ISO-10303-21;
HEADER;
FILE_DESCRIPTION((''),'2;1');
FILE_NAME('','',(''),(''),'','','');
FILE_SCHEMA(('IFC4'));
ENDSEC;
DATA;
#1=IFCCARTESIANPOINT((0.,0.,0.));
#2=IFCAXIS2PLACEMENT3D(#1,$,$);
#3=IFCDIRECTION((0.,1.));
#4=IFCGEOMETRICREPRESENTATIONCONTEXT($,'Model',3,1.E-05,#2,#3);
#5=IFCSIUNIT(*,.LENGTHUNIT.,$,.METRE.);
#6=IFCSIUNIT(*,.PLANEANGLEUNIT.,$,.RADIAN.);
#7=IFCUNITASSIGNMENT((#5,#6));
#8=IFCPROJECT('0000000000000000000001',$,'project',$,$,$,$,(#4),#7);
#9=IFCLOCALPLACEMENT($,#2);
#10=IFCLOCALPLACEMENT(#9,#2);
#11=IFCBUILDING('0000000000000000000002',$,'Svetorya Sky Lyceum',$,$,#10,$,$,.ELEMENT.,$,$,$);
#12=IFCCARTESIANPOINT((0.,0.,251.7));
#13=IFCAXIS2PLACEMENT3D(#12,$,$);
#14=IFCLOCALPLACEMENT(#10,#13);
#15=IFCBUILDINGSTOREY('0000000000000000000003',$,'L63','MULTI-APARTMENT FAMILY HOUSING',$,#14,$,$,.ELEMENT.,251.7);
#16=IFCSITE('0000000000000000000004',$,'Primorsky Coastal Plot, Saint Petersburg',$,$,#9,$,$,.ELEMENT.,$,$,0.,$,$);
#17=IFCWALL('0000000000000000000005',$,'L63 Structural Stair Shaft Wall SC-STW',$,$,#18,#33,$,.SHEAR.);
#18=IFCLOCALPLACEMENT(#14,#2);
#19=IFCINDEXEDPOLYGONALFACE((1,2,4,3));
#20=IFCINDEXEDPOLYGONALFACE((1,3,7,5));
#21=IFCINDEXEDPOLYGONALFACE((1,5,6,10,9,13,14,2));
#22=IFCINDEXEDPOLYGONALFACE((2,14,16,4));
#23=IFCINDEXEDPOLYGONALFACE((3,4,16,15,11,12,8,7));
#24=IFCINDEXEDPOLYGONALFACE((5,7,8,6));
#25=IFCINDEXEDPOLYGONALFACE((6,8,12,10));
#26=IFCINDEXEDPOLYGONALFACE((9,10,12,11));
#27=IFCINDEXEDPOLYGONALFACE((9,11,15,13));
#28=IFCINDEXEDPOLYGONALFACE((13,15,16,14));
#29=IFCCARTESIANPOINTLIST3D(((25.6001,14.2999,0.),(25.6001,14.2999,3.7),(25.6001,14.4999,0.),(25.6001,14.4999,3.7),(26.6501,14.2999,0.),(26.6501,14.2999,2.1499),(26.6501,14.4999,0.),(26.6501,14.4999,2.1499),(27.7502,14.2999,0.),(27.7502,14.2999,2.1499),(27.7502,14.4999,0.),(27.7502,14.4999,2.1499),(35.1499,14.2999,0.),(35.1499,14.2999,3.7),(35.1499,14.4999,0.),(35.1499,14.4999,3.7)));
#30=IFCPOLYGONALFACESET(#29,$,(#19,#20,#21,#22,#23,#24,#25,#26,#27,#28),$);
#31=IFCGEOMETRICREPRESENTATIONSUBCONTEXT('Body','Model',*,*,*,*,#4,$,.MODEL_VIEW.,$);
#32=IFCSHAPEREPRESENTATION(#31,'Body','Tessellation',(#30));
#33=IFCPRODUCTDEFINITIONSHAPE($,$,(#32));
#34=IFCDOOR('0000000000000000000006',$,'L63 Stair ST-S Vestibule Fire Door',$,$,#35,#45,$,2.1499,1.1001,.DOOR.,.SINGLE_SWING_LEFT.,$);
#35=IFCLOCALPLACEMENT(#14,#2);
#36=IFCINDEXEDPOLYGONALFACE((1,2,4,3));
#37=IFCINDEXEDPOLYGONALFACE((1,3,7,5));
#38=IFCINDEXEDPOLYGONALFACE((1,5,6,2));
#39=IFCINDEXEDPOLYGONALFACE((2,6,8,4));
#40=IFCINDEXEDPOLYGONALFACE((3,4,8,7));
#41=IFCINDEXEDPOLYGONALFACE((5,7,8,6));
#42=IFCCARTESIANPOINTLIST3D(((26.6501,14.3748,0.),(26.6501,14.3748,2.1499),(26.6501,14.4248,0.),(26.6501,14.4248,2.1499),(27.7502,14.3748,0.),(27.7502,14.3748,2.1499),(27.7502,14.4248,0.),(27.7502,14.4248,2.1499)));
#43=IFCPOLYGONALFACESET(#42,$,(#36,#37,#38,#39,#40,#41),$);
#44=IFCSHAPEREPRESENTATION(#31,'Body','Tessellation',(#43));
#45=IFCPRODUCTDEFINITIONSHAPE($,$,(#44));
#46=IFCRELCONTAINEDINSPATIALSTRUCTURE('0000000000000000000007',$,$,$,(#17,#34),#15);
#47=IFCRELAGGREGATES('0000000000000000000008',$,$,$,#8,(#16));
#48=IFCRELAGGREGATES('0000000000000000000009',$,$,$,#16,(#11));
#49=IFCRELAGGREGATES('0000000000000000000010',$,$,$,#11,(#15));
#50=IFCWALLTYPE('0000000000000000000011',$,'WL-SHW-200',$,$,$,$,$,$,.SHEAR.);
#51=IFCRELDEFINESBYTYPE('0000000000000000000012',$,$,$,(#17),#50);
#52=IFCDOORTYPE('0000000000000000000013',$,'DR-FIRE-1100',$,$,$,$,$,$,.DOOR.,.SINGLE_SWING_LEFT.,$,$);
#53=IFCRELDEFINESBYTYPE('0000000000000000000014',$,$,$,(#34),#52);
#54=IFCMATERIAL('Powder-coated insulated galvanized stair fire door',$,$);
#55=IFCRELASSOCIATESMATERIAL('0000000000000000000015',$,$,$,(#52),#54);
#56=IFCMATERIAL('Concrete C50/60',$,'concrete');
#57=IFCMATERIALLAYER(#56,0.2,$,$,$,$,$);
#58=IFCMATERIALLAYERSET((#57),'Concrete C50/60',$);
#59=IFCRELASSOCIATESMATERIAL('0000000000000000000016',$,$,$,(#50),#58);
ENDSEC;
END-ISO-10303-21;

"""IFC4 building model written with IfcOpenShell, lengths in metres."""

from ifc_helpers import new_model, si_unit, direction, frame, frame_2d, origin, place, context, subcontext, project, spatial, rectangle, extrude, material, layer, layer_set, type_object, element, fill, save


model = new_model("IFC4")

# Units and contexts
model_context = context("Model", 3, precision=1e-05, world=origin(), true_north=direction((0.0, 1.0)))
body_context = subcontext(model_context, "Body", "Model", "MODEL_VIEW")
ifc_project = project(units=[si_unit("LENGTHUNIT", "METRE"), si_unit("PLANEANGLEUNIT", "RADIAN")], contexts=[model_context])

# Site, building, storey
site_placement = place(None, origin())
site = spatial("IfcSite", under=ifc_project, at=site_placement, Name="Primorsky Coastal Plot, Saint Petersburg", CompositionType="ELEMENT", RefElevation=0.0)
building_placement = place(site_placement, origin())
building = spatial("IfcBuilding", under=site, at=building_placement, Name="Svetorya Sky Lyceum", CompositionType="ELEMENT")
storey_placement = place(building_placement, frame((0.0, 0.0, 251.7)))
storey = spatial("IfcBuildingStorey", under=building, at=storey_placement, Name="L63", Description="MULTI-APARTMENT FAMILY HOUSING", CompositionType="ELEMENT", Elevation=251.7)

# Shared definitions
ifc_material_1 = material(Name="Concrete C50/60", Category="concrete")

# Shared definitions
ifc_material_2 = material(Name="Powder-coated insulated galvanized stair fire door")
door_type_1 = type_object("IfcDoorType", Name="DR-FIRE-1100", OperationType="SINGLE_SWING_LEFT", PredefinedType="DOOR", material=ifc_material_2)

# Wall, opening, door
ifc_layer_1 = layer(ifc_material_1, 0.2)
ifc_layer_set_1 = layer_set([ifc_layer_1], Name="Concrete C50/60")
wall_type_1 = type_object("IfcWallType", Name="WL-SHW-200", PredefinedType="SHEAR", material=ifc_layer_set_1)
wall_1_placement = place(storey_placement, frame((25.6001, 14.3999, 0.0), z_axis=(0.0, 0.0, 1.0), x_axis=(1.0, 0.0, 0.0)))
wall_1 = element("IfcWall", 1, at=wall_1_placement, inside=storey, type_object=wall_type_1, Name="L63 Structural Stair Shaft Wall SC-STW", PredefinedType="SHEAR", context=body_context, shape_type="SweptSolid", body=[
    extrude(rectangle(XDim=9.5498, YDim=0.2, at=frame_2d((4.7749, 0.0))), origin(), (0.0, 0.0, 1.0), 3.7),
])
opening_1_placement = place(wall_1_placement, frame((1.05, 0.0, 0.0)))
opening_1 = element("IfcOpeningElement", 2, at=opening_1_placement, cuts=wall_1, PredefinedType="OPENING", context=body_context, shape_type="SweptSolid", body=[
    extrude(rectangle(XDim=1.1001, YDim=2.1499, at=frame_2d((0.55, 1.075))), frame((0.0, 0.1099, 0.0), z_axis=(0.0, -1.0, 0.0), x_axis=(1.0, 0.0, 0.0)), (0.0, 0.0, 1.0), 0.22),
])
door_1_placement = place(opening_1_placement, origin())
door_1 = element("IfcDoor", 3, at=door_1_placement, inside=storey, type_object=door_type_1, Name="L63 Stair ST-S Vestibule Fire Door", OperationType="SINGLE_SWING_LEFT", OverallHeight=2.1499, OverallWidth=1.1001, PredefinedType="DOOR", context=body_context, shape_type="SweptSolid", body=[
    extrude(rectangle(XDim=1.1001, YDim=2.1499, at=frame_2d((0.55, 1.075))), frame((0.0, 0.0249, 0.0), z_axis=(0.0, -1.0, 0.0), x_axis=(1.0, 0.0, 0.0)), (0.0, 0.0, 1.0), 0.05),
])
fill(opening_1, door_1)

save(model, "model.ifc")
